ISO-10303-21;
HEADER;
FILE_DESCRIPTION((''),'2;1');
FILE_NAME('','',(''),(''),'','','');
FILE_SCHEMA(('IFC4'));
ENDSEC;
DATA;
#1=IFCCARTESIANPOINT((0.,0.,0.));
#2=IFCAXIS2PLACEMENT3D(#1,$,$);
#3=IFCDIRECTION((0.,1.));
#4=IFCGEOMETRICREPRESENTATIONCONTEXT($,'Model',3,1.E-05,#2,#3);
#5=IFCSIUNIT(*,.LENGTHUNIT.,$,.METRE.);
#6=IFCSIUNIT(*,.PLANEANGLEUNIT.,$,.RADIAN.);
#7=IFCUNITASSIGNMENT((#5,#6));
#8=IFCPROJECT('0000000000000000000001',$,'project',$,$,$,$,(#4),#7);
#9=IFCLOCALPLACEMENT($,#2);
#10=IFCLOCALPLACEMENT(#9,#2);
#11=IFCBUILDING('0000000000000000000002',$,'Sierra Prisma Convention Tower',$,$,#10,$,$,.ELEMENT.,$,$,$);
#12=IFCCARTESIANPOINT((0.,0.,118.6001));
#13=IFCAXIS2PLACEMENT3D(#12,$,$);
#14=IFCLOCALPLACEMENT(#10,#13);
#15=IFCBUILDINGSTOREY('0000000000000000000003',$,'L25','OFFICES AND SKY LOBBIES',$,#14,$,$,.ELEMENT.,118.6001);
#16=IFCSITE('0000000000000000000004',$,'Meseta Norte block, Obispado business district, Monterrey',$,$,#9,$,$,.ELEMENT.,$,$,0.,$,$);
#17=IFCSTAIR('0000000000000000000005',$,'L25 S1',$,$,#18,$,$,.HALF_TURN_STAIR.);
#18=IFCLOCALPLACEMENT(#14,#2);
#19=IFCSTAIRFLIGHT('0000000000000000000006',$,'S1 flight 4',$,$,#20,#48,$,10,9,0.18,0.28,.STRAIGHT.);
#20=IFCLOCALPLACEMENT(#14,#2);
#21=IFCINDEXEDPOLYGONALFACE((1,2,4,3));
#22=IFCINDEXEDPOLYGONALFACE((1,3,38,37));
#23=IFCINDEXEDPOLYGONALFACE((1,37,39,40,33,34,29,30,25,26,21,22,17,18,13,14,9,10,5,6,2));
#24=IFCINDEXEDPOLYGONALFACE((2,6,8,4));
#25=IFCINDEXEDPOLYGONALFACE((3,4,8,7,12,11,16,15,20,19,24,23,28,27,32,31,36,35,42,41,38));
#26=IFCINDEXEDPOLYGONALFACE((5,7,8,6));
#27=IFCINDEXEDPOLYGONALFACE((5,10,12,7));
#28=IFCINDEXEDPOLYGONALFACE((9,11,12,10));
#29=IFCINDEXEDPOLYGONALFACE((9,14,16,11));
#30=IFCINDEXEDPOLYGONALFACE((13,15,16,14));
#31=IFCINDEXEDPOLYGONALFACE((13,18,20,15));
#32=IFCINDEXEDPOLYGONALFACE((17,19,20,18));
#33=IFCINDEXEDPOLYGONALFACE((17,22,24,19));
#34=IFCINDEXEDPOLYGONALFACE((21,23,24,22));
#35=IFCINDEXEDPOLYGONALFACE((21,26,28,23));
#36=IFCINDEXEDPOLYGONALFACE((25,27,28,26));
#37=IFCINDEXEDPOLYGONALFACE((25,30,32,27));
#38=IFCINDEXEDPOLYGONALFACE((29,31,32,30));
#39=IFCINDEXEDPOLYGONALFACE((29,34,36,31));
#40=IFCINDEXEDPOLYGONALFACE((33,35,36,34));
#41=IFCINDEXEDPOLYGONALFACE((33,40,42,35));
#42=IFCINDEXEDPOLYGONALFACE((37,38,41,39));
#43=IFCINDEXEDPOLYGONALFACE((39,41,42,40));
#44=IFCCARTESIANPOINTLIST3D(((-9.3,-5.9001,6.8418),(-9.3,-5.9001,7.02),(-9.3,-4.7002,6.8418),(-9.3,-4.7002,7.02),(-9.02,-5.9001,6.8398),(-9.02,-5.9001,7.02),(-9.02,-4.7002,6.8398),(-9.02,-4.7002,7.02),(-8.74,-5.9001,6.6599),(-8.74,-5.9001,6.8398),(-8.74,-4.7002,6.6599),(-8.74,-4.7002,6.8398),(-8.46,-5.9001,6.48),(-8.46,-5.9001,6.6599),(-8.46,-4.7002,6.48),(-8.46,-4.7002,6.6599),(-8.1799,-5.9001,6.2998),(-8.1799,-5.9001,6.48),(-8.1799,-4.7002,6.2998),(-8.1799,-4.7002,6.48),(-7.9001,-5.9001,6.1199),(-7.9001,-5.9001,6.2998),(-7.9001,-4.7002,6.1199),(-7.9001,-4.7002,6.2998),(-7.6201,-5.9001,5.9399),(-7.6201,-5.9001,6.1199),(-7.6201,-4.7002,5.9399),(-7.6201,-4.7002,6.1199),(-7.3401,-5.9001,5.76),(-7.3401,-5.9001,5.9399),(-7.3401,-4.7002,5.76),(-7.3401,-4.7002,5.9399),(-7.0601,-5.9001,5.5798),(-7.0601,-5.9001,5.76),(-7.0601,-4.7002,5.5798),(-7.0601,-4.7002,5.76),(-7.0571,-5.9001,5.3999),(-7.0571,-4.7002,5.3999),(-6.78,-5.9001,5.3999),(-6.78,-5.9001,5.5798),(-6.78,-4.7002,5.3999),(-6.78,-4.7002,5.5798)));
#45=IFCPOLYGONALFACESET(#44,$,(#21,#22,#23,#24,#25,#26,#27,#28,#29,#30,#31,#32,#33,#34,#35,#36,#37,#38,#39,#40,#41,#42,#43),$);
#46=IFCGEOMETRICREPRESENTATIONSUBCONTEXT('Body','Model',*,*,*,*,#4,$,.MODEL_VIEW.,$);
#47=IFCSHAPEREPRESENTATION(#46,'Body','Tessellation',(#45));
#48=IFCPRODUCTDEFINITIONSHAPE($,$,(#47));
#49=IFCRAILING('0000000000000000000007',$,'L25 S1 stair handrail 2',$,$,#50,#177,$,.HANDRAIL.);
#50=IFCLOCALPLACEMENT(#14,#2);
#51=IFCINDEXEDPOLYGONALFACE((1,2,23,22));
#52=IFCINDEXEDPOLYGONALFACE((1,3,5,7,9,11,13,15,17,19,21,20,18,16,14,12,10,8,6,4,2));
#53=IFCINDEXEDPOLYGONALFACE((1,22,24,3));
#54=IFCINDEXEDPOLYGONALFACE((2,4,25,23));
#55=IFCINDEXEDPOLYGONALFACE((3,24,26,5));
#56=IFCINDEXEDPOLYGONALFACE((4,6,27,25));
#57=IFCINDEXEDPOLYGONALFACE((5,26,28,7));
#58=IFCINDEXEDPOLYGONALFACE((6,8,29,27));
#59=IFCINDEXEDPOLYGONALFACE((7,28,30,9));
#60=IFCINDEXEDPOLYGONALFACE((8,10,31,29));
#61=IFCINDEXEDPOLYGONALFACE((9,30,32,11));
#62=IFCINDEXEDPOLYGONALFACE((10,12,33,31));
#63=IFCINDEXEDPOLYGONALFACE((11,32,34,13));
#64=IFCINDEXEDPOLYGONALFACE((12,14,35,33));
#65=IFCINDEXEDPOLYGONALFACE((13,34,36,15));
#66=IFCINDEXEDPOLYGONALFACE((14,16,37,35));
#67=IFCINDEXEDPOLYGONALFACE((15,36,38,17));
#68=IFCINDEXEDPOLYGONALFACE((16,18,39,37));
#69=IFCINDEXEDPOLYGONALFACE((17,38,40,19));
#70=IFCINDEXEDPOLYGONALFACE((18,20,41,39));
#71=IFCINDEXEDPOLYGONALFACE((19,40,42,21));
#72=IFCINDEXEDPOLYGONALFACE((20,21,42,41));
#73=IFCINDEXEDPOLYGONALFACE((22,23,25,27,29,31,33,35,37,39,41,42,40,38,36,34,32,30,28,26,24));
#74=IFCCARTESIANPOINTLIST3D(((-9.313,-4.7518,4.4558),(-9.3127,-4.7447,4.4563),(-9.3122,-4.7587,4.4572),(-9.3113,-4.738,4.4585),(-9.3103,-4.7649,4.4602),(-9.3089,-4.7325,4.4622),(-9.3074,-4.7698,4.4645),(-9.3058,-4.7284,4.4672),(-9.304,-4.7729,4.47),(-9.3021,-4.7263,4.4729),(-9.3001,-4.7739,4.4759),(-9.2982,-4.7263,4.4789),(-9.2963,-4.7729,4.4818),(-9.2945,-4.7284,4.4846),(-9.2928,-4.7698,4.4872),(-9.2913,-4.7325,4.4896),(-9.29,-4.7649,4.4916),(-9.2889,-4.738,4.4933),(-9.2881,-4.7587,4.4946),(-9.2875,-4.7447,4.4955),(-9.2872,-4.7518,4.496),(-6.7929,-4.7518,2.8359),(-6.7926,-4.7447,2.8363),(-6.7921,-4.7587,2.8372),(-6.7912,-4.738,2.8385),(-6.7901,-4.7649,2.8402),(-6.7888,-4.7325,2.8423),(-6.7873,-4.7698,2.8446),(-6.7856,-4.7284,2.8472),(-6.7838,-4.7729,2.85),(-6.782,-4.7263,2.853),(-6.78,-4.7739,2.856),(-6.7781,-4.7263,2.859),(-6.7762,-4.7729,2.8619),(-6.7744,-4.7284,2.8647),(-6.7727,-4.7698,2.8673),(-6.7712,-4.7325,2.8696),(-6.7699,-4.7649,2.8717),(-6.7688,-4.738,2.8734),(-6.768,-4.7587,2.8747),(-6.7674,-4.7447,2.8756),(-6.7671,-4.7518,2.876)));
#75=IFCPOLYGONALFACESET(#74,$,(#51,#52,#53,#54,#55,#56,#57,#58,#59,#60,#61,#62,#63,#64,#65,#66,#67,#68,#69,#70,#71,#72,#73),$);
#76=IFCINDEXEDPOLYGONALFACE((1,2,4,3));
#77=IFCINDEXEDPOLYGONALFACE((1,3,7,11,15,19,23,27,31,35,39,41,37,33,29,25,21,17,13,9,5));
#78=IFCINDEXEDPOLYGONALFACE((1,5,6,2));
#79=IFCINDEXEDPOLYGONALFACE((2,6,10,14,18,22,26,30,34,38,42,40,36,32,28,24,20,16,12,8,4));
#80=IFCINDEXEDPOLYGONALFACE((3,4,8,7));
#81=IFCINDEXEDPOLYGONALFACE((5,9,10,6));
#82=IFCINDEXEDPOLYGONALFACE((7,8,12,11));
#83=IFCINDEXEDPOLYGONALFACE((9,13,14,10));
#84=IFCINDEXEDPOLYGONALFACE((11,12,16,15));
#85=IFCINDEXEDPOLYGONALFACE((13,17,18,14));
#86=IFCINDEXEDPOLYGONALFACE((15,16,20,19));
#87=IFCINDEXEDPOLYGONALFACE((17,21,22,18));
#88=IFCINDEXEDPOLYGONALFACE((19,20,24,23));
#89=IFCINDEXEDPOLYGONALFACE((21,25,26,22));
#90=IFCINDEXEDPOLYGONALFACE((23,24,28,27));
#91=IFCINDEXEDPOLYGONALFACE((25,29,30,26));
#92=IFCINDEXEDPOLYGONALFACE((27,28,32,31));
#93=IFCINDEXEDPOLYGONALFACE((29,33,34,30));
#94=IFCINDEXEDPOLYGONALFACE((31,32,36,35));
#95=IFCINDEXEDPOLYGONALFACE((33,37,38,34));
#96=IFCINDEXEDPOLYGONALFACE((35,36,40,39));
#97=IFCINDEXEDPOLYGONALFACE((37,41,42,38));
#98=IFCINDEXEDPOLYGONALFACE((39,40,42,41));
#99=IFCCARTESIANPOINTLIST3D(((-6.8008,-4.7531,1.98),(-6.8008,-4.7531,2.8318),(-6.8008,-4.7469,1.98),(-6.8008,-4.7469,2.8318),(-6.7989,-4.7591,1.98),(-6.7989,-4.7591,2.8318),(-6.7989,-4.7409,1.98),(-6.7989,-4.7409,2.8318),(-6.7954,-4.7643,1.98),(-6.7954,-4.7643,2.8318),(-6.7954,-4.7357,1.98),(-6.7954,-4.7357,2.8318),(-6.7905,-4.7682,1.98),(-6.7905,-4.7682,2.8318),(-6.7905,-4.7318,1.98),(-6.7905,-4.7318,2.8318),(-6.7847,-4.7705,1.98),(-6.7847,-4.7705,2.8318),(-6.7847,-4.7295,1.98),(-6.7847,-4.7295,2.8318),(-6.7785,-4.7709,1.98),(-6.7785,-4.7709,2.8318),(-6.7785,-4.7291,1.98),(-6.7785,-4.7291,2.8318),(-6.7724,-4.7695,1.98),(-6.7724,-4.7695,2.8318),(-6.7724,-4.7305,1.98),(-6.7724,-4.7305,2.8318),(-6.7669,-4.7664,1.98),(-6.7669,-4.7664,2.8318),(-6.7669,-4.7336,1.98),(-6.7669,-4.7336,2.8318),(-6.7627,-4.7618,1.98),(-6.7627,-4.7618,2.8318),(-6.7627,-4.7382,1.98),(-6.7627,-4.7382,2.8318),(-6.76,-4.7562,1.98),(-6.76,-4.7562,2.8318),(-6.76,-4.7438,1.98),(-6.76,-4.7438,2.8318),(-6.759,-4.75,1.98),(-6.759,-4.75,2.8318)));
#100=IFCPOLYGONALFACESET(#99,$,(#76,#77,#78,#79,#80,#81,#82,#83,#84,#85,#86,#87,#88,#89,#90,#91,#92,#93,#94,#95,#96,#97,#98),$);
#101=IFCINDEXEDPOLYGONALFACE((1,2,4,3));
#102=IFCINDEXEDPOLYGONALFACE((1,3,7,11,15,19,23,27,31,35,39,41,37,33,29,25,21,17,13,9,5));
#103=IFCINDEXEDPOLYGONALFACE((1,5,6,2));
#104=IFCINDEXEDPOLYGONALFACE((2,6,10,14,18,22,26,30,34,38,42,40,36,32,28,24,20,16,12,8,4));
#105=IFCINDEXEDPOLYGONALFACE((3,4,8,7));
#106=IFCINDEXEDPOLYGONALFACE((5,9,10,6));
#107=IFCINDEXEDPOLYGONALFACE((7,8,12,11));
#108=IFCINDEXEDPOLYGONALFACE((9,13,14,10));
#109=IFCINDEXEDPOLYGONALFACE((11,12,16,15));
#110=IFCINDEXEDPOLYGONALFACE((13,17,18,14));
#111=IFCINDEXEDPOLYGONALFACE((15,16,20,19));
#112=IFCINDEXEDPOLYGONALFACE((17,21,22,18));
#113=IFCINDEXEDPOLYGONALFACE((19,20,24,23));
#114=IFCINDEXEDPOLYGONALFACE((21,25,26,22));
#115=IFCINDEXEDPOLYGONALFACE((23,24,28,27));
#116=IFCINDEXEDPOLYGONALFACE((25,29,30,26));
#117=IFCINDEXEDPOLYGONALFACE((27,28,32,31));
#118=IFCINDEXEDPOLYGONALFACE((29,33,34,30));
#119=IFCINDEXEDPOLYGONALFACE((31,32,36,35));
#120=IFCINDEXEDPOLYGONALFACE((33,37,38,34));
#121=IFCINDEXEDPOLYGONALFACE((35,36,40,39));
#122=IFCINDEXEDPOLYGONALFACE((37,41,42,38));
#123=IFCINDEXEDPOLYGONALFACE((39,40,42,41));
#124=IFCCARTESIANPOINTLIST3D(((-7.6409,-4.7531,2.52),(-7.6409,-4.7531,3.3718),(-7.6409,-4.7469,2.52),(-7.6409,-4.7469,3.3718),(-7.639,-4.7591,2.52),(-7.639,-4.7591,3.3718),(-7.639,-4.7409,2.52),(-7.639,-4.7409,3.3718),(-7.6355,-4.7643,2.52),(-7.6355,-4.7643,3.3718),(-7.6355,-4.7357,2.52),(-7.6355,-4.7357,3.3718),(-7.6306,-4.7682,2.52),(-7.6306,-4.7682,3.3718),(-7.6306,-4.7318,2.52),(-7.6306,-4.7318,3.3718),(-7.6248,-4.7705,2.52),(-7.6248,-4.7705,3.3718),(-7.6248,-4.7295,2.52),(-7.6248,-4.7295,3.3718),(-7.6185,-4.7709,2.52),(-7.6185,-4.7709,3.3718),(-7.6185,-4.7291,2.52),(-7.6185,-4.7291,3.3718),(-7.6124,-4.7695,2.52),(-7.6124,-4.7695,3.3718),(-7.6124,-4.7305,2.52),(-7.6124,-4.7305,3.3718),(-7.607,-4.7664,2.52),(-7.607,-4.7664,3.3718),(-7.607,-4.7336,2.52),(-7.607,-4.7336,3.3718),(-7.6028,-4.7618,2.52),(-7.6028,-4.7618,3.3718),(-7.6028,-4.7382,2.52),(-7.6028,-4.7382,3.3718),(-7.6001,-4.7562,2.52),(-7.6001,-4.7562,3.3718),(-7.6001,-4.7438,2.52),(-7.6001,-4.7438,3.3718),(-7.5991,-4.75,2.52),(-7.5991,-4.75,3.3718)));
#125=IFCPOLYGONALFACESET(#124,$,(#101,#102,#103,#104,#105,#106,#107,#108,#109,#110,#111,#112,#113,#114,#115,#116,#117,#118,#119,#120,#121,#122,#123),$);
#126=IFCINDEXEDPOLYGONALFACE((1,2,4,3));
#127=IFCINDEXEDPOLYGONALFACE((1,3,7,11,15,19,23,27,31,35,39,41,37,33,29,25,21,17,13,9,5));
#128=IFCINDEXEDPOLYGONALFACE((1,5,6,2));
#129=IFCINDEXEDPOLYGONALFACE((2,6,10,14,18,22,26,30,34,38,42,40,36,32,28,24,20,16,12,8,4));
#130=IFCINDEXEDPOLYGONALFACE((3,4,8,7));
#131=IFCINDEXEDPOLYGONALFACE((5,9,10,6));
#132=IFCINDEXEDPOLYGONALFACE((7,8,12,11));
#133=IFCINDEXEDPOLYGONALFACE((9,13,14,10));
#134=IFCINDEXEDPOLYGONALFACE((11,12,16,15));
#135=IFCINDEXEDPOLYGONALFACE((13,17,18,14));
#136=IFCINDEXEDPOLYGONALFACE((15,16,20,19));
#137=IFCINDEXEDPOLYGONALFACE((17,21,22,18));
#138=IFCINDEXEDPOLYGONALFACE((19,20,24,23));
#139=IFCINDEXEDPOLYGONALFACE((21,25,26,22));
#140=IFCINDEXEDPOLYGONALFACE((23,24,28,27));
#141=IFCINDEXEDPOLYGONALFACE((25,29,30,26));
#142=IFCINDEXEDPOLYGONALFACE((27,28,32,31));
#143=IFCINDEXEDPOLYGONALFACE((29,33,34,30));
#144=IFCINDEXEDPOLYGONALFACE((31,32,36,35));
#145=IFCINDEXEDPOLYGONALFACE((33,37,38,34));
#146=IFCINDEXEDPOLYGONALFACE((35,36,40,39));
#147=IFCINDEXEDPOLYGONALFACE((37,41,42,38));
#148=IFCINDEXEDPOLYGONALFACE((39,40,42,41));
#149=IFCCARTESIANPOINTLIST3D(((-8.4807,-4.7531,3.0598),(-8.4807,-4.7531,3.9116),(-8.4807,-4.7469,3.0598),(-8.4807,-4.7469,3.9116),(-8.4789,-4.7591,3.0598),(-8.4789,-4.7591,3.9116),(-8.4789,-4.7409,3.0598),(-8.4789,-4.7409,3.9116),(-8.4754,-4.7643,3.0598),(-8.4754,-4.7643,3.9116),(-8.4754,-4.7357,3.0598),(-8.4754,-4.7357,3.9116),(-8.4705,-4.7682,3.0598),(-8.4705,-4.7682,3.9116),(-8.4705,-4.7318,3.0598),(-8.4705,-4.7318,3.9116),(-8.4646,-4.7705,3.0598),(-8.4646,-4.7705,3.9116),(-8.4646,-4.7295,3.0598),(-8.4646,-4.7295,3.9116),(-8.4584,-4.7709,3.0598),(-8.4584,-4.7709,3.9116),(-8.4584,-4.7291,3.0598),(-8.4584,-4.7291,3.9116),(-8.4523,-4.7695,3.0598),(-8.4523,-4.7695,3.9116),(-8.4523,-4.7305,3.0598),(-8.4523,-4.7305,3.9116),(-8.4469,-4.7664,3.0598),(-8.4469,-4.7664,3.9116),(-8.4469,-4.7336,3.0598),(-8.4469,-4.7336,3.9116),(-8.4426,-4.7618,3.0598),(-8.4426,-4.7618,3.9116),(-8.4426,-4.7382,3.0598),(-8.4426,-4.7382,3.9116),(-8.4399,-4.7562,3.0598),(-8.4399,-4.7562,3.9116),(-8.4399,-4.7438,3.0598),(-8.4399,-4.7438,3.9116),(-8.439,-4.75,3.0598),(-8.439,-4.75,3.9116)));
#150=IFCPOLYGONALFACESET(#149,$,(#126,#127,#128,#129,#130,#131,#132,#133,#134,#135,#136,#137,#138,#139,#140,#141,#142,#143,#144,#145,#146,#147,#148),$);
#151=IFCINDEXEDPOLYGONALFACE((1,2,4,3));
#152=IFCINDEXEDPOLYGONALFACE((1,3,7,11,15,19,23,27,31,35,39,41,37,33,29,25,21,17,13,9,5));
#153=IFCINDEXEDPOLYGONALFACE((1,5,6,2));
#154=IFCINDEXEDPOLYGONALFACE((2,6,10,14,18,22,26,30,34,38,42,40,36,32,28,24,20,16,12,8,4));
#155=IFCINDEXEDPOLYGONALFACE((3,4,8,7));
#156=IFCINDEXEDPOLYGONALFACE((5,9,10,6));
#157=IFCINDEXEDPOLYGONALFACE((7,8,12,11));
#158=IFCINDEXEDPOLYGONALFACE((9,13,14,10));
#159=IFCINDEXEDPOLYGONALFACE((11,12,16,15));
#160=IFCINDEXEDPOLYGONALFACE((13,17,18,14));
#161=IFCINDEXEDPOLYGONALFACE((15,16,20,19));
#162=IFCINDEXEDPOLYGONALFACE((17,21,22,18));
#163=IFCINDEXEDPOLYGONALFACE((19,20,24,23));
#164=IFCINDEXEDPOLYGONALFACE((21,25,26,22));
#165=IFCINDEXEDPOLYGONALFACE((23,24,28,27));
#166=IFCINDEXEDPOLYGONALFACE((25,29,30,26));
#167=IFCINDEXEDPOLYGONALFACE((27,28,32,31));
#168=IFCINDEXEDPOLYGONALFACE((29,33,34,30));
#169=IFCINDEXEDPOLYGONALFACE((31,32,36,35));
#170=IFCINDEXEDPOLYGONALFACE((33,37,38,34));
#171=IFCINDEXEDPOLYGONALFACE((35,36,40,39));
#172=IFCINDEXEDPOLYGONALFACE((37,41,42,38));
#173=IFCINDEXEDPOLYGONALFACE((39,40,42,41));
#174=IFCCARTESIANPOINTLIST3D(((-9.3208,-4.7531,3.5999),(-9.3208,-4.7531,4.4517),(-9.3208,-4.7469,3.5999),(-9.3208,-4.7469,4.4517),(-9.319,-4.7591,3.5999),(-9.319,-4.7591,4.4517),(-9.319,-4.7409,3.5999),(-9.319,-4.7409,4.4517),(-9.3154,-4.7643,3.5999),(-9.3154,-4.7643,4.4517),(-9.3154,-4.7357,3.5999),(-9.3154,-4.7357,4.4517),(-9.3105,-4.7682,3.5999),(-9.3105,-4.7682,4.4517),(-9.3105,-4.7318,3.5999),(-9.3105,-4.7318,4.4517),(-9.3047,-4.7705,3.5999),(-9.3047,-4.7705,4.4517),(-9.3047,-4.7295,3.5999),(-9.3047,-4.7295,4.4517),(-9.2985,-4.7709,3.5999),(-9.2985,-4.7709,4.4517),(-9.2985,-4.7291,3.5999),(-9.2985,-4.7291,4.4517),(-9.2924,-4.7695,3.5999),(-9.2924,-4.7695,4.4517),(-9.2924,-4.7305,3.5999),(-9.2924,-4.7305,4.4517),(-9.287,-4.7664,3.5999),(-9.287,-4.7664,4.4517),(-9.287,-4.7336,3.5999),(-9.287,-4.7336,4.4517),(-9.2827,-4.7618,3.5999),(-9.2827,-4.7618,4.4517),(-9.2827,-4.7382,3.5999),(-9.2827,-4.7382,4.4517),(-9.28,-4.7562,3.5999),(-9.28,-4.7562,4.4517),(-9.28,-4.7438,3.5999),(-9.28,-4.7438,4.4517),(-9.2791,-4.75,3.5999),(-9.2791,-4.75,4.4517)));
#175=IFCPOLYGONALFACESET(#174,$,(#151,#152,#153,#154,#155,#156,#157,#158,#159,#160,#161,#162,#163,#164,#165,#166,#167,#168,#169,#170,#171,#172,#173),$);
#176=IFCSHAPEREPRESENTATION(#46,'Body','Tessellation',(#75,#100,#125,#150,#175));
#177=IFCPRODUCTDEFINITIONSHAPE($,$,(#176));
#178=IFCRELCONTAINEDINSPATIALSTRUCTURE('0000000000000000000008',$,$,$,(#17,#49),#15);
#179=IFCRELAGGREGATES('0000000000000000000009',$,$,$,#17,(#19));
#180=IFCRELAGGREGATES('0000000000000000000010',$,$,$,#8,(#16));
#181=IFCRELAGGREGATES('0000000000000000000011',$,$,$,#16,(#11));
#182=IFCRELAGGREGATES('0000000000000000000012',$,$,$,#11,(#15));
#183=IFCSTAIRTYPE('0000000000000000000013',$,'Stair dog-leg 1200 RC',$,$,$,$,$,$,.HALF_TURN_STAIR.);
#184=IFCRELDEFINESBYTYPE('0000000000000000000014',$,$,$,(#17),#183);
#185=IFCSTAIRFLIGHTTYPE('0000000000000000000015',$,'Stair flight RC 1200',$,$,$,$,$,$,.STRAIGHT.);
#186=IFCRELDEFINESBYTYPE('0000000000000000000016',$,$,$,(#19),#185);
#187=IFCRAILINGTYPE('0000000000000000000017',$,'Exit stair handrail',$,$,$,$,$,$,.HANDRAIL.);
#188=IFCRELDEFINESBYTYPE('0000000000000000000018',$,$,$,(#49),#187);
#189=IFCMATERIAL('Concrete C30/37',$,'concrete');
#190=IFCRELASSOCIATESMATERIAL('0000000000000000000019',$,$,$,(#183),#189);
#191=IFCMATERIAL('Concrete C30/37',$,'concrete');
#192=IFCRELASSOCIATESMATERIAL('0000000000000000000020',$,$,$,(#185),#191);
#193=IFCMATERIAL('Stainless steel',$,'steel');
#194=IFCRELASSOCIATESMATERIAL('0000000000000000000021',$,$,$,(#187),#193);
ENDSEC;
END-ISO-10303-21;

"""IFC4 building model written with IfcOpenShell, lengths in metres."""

from ifc_helpers import new_model, si_unit, direction, frame, origin, origin_2d, place, context, subcontext, project, spatial, polyline, circle, outline, extrude, material, type_object, element, aggregate, save


model = new_model("IFC4")

# Units and contexts
model_context = context("Model", 3, precision=1e-05, world=origin(), true_north=direction((0.0, 1.0)))
body_context = subcontext(model_context, "Body", "Model", "MODEL_VIEW")
ifc_project = project(units=[si_unit("LENGTHUNIT", "METRE"), si_unit("PLANEANGLEUNIT", "RADIAN")], contexts=[model_context])

# Site, building, storey
site_placement = place(None, origin())
site = spatial("IfcSite", under=ifc_project, at=site_placement, Name="Meseta Norte block, Obispado business district, Monterrey", CompositionType="ELEMENT", RefElevation=0.0)
building_placement = place(site_placement, origin())
building = spatial("IfcBuilding", under=site, at=building_placement, Name="Sierra Prisma Convention Tower", CompositionType="ELEMENT")
storey_placement = place(building_placement, frame((0.0, 0.0, 118.6001)))
storey = spatial("IfcBuildingStorey", under=building, at=storey_placement, Name="L25", Description="OFFICES AND SKY LOBBIES", CompositionType="ELEMENT", Elevation=118.6001)

# Stair, stair flight
ifc_material_1 = material(Name="Concrete C30/37", Category="concrete")
stair_type = type_object("IfcStairType", Name="Stair dog-leg 1200 RC", PredefinedType="HALF_TURN_STAIR", material=ifc_material_1)
stair_placement = place(storey_placement, origin())
stair = element("IfcStair", 1, at=stair_placement, inside=storey, type_object=stair_type, Name="L25 S1", PredefinedType="HALF_TURN_STAIR")
ifc_material_2 = material(Name="Concrete C30/37", Category="concrete")
stair_flight_type = type_object("IfcStairFlightType", Name="Stair flight RC 1200", PredefinedType="STRAIGHT", material=ifc_material_2)
stair_flight_1_placement = place(storey_placement, frame((-6.78, -5.3, 5.3999), z_axis=(0.0, 0.0, 1.0), x_axis=(-1.0, 0.0, 0.0)))
stair_flight_1 = element("IfcStairFlight", 2, at=stair_flight_1_placement, type_object=stair_flight_type, Name="S1 flight 4", NumberOfRisers=10, NumberOfTreads=9, PredefinedType="STRAIGHT", RiserHeight=0.18, TreadLength=0.28, context=body_context, shape_type="SweptSolid", body=[
    extrude(outline(polyline([(0.0, 0.0), (0.0, 0.1799), (0.28, 0.1799), (0.28, 0.3601), (0.5601, 0.3601), (0.5601, 0.54), (0.8401, 0.54), (0.8401, 0.72), (1.1201, 0.72), (1.1201, 0.8999), (1.3999, 0.8999), (1.3999, 1.0801), (1.6799, 1.0801), (1.6799, 1.26), (1.96, 1.26), (1.96, 1.4399), (2.24, 1.4399), (2.24, 1.6201), (2.52, 1.6201), (2.52, 1.8), (2.52, 1.4419), (0.2771, 0.0), (0.0, 0.0)])), frame((0.0, 0.6001, 0.0), z_axis=(0.0, -1.0, 0.0), x_axis=(1.0, 0.0, 0.0)), (0.0, 0.0, 1.0), 1.2),
])
aggregate(stair, [stair_flight_1])

# Railing
ifc_material_3 = material(Name="Stainless steel", Category="steel")
railing_type_1 = type_object("IfcRailingType", Name="Exit stair handrail", PredefinedType="HANDRAIL", material=ifc_material_3)
railing_1_placement = place(storey_placement, frame((-6.78, -4.75, 1.98)))
element("IfcRailing", 3, at=railing_1_placement, inside=storey, type_object=railing_type_1, Name="L25 S1 stair handrail 2", PredefinedType="HANDRAIL", context=body_context, shape_type="SweptSolid", body=[
    extrude(circle(Radius=0.0239, at=origin_2d()), frame((0.0, 0.0, 0.876), z_axis=(-0.8412, 0.0, 0.540725), x_axis=(0.0, -1.0, 0.0)), (0.0, 0.0, 1.0), 2.9958),
    extrude(circle(Radius=0.021, at=origin_2d()), origin(), (0.0, 0.0, 1.0), 0.8518),
    extrude(circle(Radius=0.021, at=origin_2d()), frame((-0.8401, 0.0, 0.54)), (0.0, 0.0, 1.0), 0.8518),
    extrude(circle(Radius=0.021, at=origin_2d()), frame((-1.6799, 0.0, 1.0798)), (0.0, 0.0, 1.0), 0.8518),
    extrude(circle(Radius=0.021, at=origin_2d()), frame((-2.52, 0.0, 1.6199)), (0.0, 0.0, 1.0), 0.8518),
])

save(model, "model.ifc")
